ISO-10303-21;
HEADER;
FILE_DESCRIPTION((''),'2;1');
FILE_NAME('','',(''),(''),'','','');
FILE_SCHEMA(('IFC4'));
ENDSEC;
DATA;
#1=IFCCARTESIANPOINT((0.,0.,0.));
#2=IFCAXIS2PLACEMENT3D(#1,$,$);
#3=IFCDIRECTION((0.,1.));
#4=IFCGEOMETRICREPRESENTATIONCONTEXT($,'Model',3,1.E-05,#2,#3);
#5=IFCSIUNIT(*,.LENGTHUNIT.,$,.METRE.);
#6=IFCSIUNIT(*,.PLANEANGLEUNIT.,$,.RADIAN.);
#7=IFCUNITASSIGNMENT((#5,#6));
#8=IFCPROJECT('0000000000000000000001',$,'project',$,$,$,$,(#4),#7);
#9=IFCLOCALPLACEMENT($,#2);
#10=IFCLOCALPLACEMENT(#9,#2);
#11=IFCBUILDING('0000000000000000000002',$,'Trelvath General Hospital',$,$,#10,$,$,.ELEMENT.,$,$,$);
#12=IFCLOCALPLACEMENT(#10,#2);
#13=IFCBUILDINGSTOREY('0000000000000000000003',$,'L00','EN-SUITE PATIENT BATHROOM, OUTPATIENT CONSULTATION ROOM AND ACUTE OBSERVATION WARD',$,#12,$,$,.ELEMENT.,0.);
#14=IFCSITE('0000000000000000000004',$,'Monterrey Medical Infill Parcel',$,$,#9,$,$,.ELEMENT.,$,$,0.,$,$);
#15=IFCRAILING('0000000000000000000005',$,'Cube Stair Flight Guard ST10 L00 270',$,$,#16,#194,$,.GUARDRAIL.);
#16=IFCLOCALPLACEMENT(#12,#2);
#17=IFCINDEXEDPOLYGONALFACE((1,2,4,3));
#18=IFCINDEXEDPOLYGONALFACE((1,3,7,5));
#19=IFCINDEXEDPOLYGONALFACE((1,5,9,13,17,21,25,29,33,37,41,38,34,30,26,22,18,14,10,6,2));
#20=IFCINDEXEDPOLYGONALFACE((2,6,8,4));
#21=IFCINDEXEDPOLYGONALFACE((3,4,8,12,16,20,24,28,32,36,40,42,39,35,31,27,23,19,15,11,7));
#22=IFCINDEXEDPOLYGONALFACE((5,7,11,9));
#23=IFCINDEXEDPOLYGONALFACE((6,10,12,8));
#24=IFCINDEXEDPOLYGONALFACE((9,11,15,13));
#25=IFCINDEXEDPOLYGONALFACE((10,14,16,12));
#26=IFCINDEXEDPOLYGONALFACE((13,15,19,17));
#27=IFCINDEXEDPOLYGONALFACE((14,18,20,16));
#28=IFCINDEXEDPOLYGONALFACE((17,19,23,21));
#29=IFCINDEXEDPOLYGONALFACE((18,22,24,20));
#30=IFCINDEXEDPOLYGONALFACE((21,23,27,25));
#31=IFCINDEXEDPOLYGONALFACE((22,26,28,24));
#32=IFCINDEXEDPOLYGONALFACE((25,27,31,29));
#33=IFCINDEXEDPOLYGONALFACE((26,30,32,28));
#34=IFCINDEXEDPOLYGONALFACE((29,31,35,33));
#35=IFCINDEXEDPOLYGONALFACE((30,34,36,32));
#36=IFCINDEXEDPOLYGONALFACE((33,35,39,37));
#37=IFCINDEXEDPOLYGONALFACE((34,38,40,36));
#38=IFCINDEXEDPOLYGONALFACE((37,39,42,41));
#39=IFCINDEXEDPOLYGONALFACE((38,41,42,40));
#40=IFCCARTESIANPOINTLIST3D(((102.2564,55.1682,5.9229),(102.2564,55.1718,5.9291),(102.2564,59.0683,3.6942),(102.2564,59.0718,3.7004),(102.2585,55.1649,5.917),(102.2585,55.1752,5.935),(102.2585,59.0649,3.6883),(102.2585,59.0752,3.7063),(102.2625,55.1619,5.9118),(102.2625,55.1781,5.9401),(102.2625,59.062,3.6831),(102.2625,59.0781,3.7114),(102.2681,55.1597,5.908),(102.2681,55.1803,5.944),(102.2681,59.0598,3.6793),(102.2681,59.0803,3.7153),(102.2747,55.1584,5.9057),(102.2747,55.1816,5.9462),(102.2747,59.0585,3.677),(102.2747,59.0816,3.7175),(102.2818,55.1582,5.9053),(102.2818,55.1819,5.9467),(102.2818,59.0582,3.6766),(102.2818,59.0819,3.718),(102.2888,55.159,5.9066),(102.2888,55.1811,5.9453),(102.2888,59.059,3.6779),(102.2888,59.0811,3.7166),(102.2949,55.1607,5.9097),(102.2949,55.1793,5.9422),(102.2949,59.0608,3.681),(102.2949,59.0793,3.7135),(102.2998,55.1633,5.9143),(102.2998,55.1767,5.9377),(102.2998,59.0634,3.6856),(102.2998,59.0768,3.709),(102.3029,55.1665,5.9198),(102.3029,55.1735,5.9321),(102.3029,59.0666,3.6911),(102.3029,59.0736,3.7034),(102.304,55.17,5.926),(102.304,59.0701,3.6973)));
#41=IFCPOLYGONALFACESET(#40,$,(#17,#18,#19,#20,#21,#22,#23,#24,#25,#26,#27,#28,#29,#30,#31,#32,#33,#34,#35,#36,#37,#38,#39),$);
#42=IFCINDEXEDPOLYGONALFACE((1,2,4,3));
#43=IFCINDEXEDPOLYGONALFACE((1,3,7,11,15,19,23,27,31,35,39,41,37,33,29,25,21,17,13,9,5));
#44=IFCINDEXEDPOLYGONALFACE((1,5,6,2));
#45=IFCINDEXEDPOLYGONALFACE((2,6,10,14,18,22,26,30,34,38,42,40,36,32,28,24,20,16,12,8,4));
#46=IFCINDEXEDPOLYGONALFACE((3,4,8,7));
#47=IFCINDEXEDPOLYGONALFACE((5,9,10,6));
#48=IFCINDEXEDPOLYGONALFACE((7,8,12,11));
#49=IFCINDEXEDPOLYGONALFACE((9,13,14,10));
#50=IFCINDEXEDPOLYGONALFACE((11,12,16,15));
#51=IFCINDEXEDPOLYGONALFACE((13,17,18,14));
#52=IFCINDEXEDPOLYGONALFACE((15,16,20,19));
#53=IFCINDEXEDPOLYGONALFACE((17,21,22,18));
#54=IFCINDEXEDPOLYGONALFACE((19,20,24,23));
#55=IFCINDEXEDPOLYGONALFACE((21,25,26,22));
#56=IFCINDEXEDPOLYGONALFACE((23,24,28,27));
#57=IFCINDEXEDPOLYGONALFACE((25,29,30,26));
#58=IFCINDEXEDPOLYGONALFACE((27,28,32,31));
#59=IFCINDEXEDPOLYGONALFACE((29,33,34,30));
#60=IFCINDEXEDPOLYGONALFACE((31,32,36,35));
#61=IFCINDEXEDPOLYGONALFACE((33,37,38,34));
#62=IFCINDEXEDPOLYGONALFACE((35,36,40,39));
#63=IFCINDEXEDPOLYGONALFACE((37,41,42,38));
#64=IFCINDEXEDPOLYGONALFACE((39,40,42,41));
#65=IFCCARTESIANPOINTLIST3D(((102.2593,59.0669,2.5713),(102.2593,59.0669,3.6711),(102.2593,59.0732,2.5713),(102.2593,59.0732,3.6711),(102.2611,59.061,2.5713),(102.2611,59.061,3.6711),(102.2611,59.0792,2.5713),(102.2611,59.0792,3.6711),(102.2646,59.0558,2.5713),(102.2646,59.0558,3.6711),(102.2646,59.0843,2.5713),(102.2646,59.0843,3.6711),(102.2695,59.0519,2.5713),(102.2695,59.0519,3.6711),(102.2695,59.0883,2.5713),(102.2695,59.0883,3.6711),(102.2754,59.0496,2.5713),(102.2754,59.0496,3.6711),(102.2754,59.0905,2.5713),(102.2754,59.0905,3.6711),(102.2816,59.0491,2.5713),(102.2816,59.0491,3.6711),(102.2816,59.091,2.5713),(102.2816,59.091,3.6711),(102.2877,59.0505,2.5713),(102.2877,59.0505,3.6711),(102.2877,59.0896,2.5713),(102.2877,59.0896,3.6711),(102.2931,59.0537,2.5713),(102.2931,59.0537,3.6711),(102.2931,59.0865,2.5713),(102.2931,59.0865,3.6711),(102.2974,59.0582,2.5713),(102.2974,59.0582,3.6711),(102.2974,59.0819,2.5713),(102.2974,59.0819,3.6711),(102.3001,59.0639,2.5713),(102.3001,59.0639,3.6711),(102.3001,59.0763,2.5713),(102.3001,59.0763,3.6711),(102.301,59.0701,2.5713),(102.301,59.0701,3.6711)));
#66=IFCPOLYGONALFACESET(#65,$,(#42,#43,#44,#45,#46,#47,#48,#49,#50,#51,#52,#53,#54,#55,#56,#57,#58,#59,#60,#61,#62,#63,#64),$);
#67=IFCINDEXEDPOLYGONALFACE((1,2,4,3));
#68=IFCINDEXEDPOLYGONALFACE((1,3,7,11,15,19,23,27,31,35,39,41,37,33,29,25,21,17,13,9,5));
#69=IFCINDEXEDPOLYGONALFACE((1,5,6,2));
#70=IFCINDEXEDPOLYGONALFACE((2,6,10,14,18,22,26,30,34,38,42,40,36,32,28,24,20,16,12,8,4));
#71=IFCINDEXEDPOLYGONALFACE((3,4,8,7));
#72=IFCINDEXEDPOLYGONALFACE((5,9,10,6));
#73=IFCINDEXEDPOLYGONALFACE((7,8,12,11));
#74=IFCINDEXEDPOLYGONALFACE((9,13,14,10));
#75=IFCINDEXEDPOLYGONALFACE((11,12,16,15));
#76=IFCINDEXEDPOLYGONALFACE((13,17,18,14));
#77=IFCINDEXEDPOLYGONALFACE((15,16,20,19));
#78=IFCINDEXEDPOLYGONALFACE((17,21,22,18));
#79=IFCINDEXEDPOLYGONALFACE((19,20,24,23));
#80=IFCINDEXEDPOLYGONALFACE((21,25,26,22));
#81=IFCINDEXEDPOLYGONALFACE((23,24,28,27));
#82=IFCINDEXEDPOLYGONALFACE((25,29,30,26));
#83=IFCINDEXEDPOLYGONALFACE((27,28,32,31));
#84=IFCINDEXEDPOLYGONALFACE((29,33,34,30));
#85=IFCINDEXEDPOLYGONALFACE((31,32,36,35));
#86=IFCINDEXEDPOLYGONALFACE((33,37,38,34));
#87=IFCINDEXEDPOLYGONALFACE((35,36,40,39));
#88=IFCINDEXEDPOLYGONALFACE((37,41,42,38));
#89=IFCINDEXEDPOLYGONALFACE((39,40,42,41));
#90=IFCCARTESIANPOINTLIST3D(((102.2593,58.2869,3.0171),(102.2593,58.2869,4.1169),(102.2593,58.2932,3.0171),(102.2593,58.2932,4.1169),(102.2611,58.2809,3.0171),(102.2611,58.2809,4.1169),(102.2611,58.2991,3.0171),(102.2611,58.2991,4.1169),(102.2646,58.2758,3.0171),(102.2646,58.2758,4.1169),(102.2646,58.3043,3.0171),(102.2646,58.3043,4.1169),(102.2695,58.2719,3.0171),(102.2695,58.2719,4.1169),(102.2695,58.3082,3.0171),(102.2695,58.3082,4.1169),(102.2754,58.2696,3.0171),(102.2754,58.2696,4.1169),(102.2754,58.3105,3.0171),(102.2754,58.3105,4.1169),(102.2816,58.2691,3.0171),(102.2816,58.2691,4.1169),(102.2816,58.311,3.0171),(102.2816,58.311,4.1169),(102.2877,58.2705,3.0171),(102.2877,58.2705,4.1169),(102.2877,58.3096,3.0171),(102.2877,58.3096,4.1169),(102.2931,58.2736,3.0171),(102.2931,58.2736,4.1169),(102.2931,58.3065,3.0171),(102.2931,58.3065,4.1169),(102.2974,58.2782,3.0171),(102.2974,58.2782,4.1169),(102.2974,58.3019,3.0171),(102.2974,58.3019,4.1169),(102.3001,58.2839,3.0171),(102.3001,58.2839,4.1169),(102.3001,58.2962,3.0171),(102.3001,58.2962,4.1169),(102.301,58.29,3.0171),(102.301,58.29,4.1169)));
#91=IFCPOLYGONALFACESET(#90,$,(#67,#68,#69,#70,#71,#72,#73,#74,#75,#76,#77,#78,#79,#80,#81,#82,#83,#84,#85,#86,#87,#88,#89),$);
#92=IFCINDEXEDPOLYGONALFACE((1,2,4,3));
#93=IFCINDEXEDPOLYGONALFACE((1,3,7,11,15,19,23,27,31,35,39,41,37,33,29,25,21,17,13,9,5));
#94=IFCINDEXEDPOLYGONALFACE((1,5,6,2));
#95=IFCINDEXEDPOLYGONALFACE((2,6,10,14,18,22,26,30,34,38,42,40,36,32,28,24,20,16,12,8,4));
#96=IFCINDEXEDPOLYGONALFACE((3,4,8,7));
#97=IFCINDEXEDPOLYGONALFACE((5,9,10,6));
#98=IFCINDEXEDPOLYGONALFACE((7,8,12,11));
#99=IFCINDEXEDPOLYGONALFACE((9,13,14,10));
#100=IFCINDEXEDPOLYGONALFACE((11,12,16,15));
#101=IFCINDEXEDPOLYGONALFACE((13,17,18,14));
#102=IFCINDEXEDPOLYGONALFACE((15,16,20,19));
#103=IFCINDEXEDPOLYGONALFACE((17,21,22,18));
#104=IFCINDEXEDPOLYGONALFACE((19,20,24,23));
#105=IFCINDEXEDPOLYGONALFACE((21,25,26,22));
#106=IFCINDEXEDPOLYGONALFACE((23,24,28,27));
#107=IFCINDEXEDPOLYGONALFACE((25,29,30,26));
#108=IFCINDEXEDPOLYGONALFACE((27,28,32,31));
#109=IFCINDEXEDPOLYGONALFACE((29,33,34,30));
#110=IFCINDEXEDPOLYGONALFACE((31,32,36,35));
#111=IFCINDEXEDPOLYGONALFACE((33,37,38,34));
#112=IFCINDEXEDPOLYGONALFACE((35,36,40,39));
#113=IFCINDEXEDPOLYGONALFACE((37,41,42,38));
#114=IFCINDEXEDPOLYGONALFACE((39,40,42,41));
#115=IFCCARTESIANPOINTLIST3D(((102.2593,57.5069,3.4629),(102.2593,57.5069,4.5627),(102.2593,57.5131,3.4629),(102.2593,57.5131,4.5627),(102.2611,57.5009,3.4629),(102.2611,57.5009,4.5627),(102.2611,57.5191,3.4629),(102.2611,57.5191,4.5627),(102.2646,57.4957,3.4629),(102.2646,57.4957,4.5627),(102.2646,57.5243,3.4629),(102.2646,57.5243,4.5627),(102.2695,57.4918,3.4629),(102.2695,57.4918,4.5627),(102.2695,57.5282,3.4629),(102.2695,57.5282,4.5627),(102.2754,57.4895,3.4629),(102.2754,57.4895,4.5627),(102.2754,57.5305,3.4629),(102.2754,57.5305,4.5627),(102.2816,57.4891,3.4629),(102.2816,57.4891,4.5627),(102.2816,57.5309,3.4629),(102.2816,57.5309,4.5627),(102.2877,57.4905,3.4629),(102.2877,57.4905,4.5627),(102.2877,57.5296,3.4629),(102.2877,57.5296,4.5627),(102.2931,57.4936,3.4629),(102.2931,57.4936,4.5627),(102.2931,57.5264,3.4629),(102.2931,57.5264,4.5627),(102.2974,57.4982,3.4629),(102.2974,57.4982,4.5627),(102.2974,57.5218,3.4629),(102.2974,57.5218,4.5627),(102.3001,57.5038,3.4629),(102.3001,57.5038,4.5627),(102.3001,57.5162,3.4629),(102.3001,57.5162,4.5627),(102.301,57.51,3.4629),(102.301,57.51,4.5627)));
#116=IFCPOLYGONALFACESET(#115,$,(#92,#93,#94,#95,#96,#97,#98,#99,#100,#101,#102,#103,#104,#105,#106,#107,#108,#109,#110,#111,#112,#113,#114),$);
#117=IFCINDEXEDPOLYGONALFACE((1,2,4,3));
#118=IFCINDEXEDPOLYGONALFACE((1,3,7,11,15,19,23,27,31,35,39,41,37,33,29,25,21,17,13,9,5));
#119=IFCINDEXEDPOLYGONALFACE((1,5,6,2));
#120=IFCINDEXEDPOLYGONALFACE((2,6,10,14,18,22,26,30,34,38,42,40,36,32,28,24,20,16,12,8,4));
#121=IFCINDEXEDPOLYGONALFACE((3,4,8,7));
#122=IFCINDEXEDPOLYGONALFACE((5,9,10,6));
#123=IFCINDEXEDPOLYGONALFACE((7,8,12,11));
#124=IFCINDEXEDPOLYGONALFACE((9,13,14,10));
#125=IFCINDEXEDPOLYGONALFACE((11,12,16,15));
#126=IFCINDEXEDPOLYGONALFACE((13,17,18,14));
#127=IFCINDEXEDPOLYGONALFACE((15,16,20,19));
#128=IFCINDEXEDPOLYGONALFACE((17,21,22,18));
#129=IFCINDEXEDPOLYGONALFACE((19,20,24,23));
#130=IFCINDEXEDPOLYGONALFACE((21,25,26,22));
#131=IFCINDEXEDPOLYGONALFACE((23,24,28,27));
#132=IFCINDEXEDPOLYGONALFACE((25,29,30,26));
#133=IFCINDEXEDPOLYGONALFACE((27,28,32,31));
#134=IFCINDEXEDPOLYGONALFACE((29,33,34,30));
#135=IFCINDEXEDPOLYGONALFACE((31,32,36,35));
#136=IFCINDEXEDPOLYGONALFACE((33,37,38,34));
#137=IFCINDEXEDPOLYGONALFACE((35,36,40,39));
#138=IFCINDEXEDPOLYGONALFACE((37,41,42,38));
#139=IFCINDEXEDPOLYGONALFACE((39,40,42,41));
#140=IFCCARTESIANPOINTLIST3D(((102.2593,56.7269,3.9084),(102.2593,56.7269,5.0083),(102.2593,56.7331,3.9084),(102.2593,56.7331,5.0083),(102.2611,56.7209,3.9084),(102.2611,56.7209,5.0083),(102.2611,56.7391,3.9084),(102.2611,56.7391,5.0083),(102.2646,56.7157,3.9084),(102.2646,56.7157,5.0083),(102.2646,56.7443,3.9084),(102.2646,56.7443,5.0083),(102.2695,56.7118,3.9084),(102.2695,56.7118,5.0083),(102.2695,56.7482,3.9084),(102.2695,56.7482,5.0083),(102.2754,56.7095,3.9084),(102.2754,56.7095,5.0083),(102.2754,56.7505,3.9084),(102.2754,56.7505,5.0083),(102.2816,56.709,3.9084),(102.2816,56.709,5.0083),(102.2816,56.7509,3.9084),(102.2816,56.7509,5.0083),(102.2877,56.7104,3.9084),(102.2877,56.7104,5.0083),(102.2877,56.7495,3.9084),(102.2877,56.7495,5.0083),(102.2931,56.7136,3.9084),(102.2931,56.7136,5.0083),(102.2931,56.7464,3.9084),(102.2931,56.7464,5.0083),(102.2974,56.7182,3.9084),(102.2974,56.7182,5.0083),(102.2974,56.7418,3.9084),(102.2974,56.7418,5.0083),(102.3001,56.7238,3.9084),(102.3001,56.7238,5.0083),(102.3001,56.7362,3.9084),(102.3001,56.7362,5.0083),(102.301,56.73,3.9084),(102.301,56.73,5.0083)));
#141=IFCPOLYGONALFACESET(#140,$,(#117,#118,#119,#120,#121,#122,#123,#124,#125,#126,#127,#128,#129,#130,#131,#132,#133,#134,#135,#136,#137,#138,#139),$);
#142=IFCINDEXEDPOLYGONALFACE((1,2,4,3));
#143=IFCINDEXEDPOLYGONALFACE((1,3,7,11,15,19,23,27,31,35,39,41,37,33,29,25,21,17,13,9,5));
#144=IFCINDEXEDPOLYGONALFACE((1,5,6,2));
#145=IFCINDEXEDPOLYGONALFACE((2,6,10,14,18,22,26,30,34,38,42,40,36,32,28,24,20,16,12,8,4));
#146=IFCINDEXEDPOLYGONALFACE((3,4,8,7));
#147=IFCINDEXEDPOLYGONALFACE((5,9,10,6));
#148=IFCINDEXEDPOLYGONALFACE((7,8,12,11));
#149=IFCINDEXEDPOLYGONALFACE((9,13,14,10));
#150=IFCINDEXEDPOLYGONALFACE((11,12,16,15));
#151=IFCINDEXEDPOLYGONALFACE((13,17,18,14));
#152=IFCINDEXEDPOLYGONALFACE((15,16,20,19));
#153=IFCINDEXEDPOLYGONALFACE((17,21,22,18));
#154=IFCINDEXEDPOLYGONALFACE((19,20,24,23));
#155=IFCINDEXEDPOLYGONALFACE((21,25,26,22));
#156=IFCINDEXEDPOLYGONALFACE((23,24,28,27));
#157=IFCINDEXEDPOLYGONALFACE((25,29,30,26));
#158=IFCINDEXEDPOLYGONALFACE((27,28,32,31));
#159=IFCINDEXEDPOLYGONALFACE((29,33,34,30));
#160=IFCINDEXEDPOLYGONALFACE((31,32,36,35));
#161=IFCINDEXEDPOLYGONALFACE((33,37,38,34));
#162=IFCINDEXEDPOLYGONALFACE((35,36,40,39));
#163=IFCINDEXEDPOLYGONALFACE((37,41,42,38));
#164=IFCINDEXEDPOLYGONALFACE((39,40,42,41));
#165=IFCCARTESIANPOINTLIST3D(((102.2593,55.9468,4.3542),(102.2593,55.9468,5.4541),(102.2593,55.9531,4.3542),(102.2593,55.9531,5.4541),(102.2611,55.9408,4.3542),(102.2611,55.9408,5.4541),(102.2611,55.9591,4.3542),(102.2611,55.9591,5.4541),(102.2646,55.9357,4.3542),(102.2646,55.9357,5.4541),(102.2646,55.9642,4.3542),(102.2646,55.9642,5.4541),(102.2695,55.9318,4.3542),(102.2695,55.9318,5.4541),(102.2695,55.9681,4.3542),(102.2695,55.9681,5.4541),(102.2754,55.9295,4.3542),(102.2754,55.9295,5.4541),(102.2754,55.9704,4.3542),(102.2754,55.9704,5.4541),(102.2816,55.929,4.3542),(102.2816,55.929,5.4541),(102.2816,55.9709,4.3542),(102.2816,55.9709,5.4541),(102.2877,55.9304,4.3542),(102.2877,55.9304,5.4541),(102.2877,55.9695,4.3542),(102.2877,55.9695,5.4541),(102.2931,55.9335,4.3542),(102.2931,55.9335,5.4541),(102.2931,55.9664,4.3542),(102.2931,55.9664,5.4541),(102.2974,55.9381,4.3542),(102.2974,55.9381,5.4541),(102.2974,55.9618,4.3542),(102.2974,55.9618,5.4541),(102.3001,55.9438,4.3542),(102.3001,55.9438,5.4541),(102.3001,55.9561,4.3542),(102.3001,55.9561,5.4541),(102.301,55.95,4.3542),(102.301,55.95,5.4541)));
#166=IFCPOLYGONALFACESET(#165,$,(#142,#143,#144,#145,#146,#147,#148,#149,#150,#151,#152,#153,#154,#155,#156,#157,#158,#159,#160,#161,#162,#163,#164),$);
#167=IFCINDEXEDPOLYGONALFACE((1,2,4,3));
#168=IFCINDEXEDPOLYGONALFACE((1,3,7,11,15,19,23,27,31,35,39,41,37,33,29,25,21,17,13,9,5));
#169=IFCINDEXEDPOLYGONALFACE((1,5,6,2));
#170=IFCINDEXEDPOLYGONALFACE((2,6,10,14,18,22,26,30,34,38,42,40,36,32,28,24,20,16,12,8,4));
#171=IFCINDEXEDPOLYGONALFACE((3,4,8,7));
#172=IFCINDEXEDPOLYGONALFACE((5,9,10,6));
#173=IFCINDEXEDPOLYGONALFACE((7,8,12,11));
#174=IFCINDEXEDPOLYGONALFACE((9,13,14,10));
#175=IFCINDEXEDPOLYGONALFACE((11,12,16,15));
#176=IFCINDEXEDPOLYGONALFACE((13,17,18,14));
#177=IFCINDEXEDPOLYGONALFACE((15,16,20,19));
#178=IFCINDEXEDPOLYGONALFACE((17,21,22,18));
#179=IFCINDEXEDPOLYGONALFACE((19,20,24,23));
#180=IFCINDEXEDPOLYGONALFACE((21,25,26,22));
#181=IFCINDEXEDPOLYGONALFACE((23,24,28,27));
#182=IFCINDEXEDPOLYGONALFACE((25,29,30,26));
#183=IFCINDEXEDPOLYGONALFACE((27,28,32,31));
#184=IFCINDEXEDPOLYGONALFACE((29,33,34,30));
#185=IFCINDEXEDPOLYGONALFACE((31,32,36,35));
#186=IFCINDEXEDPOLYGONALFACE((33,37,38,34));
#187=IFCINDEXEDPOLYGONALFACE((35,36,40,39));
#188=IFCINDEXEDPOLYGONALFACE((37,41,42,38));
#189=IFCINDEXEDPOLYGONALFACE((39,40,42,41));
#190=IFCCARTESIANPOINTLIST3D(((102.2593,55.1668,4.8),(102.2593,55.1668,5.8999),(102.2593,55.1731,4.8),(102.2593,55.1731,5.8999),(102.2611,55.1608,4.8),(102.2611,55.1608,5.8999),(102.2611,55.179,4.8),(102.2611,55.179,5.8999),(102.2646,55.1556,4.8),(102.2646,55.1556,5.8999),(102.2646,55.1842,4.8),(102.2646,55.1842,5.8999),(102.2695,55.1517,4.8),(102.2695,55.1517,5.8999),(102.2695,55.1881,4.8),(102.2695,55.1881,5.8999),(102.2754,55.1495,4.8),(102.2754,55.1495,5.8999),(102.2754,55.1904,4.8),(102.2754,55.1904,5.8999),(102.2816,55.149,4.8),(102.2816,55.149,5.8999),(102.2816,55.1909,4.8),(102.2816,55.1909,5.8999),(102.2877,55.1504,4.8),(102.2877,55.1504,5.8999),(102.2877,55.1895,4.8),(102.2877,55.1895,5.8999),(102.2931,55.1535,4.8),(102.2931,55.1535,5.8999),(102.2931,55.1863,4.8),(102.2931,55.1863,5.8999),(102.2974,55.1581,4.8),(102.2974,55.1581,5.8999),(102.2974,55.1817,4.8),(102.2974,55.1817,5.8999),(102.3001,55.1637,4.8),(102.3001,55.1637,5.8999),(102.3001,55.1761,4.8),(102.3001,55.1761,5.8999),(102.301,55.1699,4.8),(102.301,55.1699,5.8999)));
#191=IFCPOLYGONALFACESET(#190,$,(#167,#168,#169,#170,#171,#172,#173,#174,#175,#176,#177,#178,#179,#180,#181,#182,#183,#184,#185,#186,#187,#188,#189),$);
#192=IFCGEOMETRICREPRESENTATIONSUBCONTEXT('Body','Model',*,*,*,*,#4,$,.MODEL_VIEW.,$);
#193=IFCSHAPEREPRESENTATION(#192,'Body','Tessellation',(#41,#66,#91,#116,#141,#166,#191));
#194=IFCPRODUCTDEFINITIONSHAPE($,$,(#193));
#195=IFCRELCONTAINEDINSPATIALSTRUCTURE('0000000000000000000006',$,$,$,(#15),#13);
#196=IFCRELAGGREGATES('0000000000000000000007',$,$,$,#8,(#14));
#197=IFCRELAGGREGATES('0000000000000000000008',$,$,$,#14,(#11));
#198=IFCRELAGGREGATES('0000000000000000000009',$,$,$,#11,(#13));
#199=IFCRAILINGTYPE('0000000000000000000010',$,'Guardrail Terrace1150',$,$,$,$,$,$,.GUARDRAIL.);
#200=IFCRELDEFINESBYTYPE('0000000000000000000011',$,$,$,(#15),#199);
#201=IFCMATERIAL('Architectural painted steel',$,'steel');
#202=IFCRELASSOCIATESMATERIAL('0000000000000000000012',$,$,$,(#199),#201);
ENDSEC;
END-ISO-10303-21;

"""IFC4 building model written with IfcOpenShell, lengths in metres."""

from ifc_helpers import new_model, si_unit, direction, frame, origin, origin_2d, place, context, subcontext, project, spatial, circle, extrude, material, type_object, element, save


model = new_model("IFC4")

# Units and contexts
model_context = context("Model", 3, precision=1e-05, world=origin(), true_north=direction((0.0, 1.0)))
body_context = subcontext(model_context, "Body", "Model", "MODEL_VIEW")
ifc_project = project(units=[si_unit("LENGTHUNIT", "METRE"), si_unit("PLANEANGLEUNIT", "RADIAN")], contexts=[model_context])

# Site, building, storey
site_placement = place(None, origin())
site = spatial("IfcSite", under=ifc_project, at=site_placement, Name="Monterrey Medical Infill Parcel", CompositionType="ELEMENT", RefElevation=0.0)
building_placement = place(site_placement, origin())
building = spatial("IfcBuilding", under=site, at=building_placement, Name="Trelvath General Hospital", CompositionType="ELEMENT")
storey_placement = place(building_placement, origin())
storey = spatial("IfcBuildingStorey", under=building, at=storey_placement, Name="L00", Description="EN-SUITE PATIENT BATHROOM, OUTPATIENT CONSULTATION ROOM AND ACUTE OBSERVATION WARD", CompositionType="ELEMENT", Elevation=0.0)

# Railing
ifc_material_1 = material(Name="Architectural painted steel", Category="steel")
railing_type = type_object("IfcRailingType", Name="Guardrail Terrace1150", PredefinedType="GUARDRAIL", material=ifc_material_1)
for number, where, name in (
    (1, (102.28, 59.0701, 2.5713), "Cube Stair Flight Guard ST10 L00 270"),
):
    element("IfcRailing", number, at=place(storey_placement, frame(where)), inside=storey, type_object=railing_type, Name=name, PredefinedType="GUARDRAIL", context=body_context, shape_type="SweptSolid", body=[
        extrude(circle(Radius=0.0239, at=origin_2d()), frame((0.0, 0.0, 1.126), z_axis=(0.0, -0.868233, 0.496156), x_axis=(1.0, 0.0, 0.0)), (0.0, 0.0, 1.0), 4.4919),
        extrude(circle(Radius=0.021, at=origin_2d()), origin(), (0.0, 0.0, 1.0), 1.0999),
        extrude(circle(Radius=0.021, at=origin_2d()), frame((0.0, -0.78, 0.4458)), (0.0, 0.0, 1.0), 1.0999),
        extrude(circle(Radius=0.021, at=origin_2d()), frame((0.0, -1.5601, 0.8916)), (0.0, 0.0, 1.0), 1.0999),
        extrude(circle(Radius=0.021, at=origin_2d()), frame((0.0, -2.3401, 1.3372)), (0.0, 0.0, 1.0), 1.0999),
        extrude(circle(Radius=0.021, at=origin_2d()), frame((0.0, -3.1201, 1.783)), (0.0, 0.0, 1.0), 1.0999),
        extrude(circle(Radius=0.021, at=origin_2d()), frame((0.0, -3.9001, 2.2288)), (0.0, 0.0, 1.0), 1.0999),
    ])

save(model, "model.ifc")
